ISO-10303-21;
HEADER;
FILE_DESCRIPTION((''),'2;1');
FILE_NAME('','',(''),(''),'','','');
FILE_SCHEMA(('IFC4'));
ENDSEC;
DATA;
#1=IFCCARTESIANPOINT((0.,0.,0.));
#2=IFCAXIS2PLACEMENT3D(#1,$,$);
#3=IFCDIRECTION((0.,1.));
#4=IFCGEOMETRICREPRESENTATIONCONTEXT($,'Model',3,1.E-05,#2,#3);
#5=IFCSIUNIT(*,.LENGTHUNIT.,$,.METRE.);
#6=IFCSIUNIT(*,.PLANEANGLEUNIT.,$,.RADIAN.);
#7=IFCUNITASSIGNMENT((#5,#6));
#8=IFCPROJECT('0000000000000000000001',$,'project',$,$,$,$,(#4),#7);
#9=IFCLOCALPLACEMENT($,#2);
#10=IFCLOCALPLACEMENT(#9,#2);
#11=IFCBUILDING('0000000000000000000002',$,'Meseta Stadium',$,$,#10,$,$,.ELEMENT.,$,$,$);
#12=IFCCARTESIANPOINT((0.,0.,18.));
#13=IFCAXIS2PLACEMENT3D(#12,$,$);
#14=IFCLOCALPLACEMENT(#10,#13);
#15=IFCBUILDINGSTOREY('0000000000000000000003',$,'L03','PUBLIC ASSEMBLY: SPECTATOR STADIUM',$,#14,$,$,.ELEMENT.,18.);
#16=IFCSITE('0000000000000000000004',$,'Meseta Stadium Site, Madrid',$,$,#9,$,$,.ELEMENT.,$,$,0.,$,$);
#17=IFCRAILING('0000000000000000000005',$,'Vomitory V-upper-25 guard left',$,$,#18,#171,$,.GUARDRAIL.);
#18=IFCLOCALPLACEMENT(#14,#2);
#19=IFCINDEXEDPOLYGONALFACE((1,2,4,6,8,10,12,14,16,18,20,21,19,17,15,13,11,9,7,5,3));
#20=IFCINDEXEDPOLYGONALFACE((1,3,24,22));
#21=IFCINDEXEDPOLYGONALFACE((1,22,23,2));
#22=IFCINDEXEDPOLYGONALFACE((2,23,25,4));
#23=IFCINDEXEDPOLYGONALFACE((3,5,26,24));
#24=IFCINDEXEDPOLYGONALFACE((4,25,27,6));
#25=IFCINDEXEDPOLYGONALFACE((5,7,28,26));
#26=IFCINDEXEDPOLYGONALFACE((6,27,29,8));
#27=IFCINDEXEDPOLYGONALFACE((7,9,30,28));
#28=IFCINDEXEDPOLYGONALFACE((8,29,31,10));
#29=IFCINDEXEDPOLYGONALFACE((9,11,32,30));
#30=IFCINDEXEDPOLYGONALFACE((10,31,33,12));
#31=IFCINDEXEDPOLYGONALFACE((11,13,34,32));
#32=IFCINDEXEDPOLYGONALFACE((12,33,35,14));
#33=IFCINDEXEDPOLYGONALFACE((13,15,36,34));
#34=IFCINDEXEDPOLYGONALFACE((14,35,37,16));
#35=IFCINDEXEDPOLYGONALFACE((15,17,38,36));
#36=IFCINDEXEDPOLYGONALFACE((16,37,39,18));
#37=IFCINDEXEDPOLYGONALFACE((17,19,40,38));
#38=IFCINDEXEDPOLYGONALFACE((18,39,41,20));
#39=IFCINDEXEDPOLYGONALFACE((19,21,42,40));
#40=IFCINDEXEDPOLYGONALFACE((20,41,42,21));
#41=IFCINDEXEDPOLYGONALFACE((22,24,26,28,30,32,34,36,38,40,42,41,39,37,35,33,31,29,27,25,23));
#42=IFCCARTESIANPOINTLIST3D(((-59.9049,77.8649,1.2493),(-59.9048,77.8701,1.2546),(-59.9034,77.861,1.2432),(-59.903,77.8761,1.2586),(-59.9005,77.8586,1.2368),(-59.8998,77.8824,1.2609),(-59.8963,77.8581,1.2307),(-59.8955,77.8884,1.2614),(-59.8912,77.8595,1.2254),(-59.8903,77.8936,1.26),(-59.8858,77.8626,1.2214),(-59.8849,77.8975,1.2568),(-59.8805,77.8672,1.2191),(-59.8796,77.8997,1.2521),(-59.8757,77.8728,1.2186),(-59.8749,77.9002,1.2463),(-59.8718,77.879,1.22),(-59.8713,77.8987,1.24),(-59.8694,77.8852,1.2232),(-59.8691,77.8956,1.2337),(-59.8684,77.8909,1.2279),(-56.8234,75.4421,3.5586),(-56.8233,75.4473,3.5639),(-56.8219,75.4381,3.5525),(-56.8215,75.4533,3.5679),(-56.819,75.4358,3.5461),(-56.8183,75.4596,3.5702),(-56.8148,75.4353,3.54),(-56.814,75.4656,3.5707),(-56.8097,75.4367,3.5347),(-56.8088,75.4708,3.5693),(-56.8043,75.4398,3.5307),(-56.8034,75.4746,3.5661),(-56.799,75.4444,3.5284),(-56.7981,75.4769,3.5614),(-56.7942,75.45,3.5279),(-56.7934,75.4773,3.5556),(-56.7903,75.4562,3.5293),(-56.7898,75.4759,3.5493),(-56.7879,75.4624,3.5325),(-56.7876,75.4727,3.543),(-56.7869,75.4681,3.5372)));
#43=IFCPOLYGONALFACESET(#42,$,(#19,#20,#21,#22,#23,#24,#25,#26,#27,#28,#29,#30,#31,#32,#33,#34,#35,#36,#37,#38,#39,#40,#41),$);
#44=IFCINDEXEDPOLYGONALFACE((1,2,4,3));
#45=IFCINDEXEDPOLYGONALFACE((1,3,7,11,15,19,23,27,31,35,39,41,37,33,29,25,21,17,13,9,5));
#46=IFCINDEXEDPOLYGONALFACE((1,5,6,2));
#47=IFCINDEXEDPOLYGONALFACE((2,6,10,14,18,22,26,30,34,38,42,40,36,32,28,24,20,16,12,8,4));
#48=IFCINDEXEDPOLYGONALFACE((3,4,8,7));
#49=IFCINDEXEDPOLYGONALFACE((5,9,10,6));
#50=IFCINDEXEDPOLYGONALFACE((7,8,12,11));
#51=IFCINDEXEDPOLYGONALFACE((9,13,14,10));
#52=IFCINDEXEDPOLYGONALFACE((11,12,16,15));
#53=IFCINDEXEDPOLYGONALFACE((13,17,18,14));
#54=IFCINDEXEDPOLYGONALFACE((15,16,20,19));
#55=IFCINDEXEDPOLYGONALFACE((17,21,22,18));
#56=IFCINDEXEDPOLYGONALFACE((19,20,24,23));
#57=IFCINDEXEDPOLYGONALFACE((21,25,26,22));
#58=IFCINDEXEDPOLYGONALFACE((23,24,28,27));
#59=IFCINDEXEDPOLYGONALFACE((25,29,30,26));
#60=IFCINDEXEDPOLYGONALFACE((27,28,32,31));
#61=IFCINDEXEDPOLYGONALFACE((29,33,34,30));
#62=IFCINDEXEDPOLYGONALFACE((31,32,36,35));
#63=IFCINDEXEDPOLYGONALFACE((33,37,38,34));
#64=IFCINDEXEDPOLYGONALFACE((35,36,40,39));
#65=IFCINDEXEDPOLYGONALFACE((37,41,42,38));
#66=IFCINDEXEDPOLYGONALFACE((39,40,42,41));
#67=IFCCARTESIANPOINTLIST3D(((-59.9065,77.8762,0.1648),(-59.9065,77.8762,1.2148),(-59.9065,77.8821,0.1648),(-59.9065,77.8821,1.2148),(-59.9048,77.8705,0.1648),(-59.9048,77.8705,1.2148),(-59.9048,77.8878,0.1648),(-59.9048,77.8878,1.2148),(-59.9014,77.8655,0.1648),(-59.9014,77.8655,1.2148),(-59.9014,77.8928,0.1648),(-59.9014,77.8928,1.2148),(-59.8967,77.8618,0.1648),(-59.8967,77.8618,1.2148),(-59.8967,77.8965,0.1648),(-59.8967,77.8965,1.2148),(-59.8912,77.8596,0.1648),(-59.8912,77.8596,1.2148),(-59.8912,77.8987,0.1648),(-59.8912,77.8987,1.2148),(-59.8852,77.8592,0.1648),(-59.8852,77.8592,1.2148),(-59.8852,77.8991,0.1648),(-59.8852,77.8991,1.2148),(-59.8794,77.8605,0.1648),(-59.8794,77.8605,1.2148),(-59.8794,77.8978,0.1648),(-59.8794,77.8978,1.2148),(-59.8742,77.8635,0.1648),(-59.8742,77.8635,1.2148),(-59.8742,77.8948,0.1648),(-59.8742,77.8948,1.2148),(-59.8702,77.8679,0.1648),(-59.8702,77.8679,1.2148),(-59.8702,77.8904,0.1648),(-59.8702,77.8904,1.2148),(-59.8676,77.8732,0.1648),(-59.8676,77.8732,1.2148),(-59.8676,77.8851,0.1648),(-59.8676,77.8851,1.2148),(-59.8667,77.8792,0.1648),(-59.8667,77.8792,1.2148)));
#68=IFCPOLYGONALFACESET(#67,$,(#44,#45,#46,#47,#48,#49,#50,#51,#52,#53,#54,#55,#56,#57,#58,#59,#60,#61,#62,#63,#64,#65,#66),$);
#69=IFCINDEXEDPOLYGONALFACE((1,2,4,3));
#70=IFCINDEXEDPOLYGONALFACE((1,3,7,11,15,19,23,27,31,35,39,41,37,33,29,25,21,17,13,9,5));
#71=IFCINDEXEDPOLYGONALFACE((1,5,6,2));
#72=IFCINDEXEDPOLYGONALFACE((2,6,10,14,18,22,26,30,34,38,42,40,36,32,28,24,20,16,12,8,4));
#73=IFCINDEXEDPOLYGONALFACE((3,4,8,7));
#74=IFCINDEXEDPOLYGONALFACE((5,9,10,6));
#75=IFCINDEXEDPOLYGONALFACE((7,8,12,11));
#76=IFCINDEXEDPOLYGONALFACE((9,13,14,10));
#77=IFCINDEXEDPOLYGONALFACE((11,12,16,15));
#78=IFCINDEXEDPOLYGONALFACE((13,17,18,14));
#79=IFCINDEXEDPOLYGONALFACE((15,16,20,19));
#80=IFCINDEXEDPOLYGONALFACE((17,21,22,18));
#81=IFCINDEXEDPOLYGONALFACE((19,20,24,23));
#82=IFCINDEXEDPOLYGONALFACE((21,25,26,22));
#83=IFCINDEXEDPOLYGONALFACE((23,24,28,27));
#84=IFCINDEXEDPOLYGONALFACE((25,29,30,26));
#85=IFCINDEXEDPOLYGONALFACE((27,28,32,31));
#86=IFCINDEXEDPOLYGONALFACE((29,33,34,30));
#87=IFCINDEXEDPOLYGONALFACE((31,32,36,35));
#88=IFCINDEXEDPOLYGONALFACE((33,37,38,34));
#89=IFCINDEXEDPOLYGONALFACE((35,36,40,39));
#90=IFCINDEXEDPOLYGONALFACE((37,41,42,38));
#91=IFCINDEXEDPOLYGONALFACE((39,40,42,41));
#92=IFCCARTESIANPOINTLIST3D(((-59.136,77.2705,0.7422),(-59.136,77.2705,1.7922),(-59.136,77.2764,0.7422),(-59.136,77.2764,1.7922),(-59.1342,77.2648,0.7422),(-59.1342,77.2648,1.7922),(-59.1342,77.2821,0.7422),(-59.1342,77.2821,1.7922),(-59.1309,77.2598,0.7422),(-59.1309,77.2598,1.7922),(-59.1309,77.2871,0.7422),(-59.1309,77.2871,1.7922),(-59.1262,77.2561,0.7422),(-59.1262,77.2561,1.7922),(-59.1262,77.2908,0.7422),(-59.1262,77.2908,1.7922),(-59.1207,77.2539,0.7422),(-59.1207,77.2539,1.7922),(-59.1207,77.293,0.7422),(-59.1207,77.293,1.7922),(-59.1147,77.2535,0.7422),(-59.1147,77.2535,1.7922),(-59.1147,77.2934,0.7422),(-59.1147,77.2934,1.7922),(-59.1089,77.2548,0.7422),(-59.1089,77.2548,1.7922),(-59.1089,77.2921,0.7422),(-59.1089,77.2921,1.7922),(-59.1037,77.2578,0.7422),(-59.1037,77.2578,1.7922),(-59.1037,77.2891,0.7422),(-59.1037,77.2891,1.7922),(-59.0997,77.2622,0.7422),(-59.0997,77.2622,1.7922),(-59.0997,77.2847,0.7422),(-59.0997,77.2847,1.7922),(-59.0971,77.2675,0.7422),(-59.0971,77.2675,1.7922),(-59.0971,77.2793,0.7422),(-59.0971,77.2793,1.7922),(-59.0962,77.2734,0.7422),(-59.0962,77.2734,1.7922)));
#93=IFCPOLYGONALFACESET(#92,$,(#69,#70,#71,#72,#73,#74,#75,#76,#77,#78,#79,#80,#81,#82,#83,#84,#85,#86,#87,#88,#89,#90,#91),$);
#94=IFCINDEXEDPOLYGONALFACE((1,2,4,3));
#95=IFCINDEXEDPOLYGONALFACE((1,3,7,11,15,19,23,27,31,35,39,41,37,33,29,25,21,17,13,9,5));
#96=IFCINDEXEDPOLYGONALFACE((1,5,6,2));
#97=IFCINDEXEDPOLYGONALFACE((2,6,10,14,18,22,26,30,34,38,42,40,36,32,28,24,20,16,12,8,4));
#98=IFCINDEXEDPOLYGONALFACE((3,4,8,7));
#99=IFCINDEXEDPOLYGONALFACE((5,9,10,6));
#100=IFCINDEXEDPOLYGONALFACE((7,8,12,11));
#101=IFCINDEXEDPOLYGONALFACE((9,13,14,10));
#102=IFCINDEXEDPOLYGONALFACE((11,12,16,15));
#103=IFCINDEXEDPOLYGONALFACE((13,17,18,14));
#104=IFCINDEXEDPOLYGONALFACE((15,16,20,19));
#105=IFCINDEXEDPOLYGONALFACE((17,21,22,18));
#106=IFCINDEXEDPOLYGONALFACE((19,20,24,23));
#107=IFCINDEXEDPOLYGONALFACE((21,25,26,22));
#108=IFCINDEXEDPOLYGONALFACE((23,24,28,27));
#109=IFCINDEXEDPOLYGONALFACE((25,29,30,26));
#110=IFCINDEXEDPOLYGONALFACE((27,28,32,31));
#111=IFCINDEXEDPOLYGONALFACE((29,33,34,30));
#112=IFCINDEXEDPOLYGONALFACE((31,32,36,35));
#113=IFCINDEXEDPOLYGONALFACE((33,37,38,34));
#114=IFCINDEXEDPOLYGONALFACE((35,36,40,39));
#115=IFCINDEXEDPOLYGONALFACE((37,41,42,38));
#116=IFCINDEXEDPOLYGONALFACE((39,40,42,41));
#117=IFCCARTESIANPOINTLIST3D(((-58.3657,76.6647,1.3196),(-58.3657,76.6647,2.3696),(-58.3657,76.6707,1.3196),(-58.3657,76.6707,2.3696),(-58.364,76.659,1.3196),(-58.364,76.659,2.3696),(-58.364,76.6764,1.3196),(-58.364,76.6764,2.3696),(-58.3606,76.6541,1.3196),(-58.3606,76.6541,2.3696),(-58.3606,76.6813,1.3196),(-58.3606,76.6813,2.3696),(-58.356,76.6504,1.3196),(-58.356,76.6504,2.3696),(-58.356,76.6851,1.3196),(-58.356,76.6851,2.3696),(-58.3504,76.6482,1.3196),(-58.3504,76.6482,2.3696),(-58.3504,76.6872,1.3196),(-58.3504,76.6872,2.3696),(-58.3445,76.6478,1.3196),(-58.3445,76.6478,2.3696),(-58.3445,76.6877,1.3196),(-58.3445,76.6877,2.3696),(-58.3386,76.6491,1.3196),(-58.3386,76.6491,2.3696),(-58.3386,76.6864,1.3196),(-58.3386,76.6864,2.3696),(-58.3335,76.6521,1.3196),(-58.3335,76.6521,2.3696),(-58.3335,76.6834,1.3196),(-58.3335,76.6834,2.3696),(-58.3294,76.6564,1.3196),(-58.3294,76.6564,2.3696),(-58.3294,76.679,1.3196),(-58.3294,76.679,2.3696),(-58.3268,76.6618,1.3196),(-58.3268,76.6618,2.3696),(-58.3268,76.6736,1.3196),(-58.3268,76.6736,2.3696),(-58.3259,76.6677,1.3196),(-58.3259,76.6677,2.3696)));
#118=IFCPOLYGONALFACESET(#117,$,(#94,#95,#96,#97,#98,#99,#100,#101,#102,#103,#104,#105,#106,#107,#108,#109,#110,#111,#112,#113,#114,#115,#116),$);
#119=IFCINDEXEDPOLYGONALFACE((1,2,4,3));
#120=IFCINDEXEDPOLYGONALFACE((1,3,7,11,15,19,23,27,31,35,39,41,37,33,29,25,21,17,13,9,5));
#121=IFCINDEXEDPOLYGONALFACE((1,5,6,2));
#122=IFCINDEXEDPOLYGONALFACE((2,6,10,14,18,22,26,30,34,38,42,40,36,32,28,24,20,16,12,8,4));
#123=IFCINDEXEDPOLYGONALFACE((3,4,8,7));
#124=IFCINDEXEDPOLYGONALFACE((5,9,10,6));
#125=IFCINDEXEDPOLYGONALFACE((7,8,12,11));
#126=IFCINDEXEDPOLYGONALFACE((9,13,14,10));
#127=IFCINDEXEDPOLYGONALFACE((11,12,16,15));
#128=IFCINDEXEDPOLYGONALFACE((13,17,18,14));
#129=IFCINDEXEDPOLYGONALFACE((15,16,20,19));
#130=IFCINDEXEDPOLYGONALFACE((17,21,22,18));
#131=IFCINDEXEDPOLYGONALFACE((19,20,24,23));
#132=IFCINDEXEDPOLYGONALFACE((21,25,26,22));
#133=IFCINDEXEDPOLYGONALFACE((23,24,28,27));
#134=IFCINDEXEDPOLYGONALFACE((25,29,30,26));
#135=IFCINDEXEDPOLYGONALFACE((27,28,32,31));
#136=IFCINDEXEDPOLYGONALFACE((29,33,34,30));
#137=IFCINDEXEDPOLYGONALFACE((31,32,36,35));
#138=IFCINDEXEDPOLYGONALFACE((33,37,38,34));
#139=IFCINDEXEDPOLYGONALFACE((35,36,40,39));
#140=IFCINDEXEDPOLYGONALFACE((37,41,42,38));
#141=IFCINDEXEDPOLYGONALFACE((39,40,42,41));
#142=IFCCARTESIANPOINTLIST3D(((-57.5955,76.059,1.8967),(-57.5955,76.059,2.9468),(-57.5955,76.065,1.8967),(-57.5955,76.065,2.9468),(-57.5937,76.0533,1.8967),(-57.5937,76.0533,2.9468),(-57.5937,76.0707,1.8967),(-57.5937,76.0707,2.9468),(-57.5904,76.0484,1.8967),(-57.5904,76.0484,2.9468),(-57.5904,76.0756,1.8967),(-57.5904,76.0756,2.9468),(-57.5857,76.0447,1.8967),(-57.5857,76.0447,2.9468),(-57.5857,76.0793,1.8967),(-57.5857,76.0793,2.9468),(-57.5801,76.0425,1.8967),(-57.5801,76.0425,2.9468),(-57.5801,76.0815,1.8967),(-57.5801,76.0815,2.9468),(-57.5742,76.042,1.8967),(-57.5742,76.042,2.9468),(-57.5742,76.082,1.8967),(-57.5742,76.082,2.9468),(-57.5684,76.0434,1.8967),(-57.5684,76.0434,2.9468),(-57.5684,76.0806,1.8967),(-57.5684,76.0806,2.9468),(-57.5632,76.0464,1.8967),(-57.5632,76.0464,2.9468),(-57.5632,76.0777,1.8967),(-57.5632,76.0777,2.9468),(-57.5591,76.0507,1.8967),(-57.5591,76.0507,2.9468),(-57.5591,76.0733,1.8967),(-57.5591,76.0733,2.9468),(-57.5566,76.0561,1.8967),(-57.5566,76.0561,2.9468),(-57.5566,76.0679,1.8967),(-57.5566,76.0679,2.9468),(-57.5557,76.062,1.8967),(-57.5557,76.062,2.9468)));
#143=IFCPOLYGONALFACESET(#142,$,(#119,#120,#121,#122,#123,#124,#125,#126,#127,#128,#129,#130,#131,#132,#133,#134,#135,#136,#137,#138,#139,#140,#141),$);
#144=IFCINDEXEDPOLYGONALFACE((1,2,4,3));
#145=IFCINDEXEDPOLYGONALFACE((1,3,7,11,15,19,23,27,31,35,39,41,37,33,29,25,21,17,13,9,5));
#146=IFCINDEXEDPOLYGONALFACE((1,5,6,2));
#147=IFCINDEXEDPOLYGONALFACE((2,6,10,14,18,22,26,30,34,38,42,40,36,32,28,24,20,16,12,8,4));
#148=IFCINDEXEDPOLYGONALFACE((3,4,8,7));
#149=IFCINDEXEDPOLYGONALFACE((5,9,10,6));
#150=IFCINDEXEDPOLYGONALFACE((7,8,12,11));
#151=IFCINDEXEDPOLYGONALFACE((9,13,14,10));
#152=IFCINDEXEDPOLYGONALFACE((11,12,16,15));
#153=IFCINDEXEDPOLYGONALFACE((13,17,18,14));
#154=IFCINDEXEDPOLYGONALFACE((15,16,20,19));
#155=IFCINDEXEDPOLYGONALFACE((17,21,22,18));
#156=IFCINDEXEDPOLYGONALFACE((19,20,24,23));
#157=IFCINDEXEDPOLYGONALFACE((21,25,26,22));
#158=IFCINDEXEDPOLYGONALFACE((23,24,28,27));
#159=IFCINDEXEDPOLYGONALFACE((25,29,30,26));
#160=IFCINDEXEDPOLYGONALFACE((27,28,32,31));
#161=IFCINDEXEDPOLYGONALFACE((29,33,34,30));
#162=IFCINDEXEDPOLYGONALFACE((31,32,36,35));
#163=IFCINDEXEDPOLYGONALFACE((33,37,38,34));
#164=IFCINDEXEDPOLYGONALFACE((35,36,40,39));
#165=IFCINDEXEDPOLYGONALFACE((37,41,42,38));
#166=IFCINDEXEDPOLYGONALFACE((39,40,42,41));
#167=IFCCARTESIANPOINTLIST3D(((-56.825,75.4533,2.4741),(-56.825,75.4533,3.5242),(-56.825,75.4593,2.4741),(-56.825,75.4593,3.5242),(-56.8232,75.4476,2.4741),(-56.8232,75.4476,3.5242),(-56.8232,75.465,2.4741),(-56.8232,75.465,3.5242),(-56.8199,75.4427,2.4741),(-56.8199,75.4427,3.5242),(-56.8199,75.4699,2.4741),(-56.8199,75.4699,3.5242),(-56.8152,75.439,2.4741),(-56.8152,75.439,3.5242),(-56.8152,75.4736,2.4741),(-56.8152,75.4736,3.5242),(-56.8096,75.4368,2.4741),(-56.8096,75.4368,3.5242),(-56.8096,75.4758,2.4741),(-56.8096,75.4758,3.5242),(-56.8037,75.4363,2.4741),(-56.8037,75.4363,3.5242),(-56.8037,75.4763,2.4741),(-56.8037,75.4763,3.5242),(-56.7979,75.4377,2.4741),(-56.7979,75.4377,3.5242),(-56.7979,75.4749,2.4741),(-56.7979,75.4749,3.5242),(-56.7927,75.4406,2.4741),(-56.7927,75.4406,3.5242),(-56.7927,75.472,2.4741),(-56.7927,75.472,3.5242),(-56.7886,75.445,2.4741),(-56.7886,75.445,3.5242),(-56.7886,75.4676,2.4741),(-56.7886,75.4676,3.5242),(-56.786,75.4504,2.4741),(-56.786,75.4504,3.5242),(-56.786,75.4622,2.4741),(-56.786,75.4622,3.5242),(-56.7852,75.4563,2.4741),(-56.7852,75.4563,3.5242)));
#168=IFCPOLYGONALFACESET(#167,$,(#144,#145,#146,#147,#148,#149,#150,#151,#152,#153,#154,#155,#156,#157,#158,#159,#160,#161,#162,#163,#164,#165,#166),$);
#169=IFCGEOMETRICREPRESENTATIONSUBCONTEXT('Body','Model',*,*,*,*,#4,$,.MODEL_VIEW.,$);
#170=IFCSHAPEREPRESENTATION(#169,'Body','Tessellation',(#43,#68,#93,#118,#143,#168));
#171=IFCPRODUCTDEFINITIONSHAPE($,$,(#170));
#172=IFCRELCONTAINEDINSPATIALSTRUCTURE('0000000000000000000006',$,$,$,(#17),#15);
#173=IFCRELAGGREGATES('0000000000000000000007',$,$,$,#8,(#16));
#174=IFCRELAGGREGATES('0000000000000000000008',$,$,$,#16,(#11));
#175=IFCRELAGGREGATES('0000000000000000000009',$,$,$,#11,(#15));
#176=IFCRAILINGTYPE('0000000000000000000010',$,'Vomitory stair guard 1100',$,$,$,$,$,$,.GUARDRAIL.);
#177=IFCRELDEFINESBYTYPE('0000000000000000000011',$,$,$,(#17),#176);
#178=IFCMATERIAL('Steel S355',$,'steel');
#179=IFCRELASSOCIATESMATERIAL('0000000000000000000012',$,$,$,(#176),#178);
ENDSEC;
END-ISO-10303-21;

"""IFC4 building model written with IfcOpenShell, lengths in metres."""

from ifc_helpers import new_model, si_unit, direction, frame, origin, origin_2d, place, context, subcontext, project, spatial, circle, extrude, material, type_object, element, save


model = new_model("IFC4")

# Units and contexts
model_context = context("Model", 3, precision=1e-05, world=origin(), true_north=direction((0.0, 1.0)))
body_context = subcontext(model_context, "Body", "Model", "MODEL_VIEW")
ifc_project = project(units=[si_unit("LENGTHUNIT", "METRE"), si_unit("PLANEANGLEUNIT", "RADIAN")], contexts=[model_context])

# Site, building, storey
site_placement = place(None, origin())
site = spatial("IfcSite", under=ifc_project, at=site_placement, Name="Meseta Stadium Site, Madrid", CompositionType="ELEMENT", RefElevation=0.0)
building_placement = place(site_placement, origin())
building = spatial("IfcBuilding", under=site, at=building_placement, Name="Meseta Stadium", CompositionType="ELEMENT")
storey_placement = place(building_placement, frame((0.0, 0.0, 18.0)))
storey = spatial("IfcBuildingStorey", under=building, at=storey_placement, Name="L03", Description="PUBLIC ASSEMBLY: SPECTATOR STADIUM", CompositionType="ELEMENT", Elevation=18.0)

# Railing
ifc_material_1 = material(Name="Steel S355", Category="steel")
railing_type_1 = type_object("IfcRailingType", Name="Vomitory stair guard 1100", PredefinedType="GUARDRAIL", material=ifc_material_1)
railing_1_placement = place(storey_placement, frame((-59.8867, 77.8792, 0.1648)))
element("IfcRailing", 1, at=railing_1_placement, inside=storey, type_object=railing_type_1, Name="Vomitory V-upper-25 guard left", PredefinedType="GUARDRAIL", context=body_context, shape_type="SweptSolid", body=[
    extrude(circle(Radius=0.0249, at=origin_2d()), frame((0.0, 0.0, 1.0752), z_axis=(0.677318, -0.532539, 0.507586), x_axis=(0.61808, 0.786115, 0.0)), (0.0, 0.0, 1.0), 4.5496),
    extrude(circle(Radius=0.02, at=origin_2d()), origin(), (0.0, 0.0, 1.0), 1.05),
    extrude(circle(Radius=0.02, at=origin_2d()), frame((0.7705, -0.6057, 0.5774)), (0.0, 0.0, 1.0), 1.05),
    extrude(circle(Radius=0.02, at=origin_2d()), frame((1.5408, -1.2114, 1.1548)), (0.0, 0.0, 1.0), 1.05),
    extrude(circle(Radius=0.02, at=origin_2d()), frame((2.311, -1.8171, 1.7319)), (0.0, 0.0, 1.0), 1.05),
    extrude(circle(Radius=0.02, at=origin_2d()), frame((3.0815, -2.4229, 2.3093)), (0.0, 0.0, 1.0), 1.05),
])

save(model, "model.ifc")
